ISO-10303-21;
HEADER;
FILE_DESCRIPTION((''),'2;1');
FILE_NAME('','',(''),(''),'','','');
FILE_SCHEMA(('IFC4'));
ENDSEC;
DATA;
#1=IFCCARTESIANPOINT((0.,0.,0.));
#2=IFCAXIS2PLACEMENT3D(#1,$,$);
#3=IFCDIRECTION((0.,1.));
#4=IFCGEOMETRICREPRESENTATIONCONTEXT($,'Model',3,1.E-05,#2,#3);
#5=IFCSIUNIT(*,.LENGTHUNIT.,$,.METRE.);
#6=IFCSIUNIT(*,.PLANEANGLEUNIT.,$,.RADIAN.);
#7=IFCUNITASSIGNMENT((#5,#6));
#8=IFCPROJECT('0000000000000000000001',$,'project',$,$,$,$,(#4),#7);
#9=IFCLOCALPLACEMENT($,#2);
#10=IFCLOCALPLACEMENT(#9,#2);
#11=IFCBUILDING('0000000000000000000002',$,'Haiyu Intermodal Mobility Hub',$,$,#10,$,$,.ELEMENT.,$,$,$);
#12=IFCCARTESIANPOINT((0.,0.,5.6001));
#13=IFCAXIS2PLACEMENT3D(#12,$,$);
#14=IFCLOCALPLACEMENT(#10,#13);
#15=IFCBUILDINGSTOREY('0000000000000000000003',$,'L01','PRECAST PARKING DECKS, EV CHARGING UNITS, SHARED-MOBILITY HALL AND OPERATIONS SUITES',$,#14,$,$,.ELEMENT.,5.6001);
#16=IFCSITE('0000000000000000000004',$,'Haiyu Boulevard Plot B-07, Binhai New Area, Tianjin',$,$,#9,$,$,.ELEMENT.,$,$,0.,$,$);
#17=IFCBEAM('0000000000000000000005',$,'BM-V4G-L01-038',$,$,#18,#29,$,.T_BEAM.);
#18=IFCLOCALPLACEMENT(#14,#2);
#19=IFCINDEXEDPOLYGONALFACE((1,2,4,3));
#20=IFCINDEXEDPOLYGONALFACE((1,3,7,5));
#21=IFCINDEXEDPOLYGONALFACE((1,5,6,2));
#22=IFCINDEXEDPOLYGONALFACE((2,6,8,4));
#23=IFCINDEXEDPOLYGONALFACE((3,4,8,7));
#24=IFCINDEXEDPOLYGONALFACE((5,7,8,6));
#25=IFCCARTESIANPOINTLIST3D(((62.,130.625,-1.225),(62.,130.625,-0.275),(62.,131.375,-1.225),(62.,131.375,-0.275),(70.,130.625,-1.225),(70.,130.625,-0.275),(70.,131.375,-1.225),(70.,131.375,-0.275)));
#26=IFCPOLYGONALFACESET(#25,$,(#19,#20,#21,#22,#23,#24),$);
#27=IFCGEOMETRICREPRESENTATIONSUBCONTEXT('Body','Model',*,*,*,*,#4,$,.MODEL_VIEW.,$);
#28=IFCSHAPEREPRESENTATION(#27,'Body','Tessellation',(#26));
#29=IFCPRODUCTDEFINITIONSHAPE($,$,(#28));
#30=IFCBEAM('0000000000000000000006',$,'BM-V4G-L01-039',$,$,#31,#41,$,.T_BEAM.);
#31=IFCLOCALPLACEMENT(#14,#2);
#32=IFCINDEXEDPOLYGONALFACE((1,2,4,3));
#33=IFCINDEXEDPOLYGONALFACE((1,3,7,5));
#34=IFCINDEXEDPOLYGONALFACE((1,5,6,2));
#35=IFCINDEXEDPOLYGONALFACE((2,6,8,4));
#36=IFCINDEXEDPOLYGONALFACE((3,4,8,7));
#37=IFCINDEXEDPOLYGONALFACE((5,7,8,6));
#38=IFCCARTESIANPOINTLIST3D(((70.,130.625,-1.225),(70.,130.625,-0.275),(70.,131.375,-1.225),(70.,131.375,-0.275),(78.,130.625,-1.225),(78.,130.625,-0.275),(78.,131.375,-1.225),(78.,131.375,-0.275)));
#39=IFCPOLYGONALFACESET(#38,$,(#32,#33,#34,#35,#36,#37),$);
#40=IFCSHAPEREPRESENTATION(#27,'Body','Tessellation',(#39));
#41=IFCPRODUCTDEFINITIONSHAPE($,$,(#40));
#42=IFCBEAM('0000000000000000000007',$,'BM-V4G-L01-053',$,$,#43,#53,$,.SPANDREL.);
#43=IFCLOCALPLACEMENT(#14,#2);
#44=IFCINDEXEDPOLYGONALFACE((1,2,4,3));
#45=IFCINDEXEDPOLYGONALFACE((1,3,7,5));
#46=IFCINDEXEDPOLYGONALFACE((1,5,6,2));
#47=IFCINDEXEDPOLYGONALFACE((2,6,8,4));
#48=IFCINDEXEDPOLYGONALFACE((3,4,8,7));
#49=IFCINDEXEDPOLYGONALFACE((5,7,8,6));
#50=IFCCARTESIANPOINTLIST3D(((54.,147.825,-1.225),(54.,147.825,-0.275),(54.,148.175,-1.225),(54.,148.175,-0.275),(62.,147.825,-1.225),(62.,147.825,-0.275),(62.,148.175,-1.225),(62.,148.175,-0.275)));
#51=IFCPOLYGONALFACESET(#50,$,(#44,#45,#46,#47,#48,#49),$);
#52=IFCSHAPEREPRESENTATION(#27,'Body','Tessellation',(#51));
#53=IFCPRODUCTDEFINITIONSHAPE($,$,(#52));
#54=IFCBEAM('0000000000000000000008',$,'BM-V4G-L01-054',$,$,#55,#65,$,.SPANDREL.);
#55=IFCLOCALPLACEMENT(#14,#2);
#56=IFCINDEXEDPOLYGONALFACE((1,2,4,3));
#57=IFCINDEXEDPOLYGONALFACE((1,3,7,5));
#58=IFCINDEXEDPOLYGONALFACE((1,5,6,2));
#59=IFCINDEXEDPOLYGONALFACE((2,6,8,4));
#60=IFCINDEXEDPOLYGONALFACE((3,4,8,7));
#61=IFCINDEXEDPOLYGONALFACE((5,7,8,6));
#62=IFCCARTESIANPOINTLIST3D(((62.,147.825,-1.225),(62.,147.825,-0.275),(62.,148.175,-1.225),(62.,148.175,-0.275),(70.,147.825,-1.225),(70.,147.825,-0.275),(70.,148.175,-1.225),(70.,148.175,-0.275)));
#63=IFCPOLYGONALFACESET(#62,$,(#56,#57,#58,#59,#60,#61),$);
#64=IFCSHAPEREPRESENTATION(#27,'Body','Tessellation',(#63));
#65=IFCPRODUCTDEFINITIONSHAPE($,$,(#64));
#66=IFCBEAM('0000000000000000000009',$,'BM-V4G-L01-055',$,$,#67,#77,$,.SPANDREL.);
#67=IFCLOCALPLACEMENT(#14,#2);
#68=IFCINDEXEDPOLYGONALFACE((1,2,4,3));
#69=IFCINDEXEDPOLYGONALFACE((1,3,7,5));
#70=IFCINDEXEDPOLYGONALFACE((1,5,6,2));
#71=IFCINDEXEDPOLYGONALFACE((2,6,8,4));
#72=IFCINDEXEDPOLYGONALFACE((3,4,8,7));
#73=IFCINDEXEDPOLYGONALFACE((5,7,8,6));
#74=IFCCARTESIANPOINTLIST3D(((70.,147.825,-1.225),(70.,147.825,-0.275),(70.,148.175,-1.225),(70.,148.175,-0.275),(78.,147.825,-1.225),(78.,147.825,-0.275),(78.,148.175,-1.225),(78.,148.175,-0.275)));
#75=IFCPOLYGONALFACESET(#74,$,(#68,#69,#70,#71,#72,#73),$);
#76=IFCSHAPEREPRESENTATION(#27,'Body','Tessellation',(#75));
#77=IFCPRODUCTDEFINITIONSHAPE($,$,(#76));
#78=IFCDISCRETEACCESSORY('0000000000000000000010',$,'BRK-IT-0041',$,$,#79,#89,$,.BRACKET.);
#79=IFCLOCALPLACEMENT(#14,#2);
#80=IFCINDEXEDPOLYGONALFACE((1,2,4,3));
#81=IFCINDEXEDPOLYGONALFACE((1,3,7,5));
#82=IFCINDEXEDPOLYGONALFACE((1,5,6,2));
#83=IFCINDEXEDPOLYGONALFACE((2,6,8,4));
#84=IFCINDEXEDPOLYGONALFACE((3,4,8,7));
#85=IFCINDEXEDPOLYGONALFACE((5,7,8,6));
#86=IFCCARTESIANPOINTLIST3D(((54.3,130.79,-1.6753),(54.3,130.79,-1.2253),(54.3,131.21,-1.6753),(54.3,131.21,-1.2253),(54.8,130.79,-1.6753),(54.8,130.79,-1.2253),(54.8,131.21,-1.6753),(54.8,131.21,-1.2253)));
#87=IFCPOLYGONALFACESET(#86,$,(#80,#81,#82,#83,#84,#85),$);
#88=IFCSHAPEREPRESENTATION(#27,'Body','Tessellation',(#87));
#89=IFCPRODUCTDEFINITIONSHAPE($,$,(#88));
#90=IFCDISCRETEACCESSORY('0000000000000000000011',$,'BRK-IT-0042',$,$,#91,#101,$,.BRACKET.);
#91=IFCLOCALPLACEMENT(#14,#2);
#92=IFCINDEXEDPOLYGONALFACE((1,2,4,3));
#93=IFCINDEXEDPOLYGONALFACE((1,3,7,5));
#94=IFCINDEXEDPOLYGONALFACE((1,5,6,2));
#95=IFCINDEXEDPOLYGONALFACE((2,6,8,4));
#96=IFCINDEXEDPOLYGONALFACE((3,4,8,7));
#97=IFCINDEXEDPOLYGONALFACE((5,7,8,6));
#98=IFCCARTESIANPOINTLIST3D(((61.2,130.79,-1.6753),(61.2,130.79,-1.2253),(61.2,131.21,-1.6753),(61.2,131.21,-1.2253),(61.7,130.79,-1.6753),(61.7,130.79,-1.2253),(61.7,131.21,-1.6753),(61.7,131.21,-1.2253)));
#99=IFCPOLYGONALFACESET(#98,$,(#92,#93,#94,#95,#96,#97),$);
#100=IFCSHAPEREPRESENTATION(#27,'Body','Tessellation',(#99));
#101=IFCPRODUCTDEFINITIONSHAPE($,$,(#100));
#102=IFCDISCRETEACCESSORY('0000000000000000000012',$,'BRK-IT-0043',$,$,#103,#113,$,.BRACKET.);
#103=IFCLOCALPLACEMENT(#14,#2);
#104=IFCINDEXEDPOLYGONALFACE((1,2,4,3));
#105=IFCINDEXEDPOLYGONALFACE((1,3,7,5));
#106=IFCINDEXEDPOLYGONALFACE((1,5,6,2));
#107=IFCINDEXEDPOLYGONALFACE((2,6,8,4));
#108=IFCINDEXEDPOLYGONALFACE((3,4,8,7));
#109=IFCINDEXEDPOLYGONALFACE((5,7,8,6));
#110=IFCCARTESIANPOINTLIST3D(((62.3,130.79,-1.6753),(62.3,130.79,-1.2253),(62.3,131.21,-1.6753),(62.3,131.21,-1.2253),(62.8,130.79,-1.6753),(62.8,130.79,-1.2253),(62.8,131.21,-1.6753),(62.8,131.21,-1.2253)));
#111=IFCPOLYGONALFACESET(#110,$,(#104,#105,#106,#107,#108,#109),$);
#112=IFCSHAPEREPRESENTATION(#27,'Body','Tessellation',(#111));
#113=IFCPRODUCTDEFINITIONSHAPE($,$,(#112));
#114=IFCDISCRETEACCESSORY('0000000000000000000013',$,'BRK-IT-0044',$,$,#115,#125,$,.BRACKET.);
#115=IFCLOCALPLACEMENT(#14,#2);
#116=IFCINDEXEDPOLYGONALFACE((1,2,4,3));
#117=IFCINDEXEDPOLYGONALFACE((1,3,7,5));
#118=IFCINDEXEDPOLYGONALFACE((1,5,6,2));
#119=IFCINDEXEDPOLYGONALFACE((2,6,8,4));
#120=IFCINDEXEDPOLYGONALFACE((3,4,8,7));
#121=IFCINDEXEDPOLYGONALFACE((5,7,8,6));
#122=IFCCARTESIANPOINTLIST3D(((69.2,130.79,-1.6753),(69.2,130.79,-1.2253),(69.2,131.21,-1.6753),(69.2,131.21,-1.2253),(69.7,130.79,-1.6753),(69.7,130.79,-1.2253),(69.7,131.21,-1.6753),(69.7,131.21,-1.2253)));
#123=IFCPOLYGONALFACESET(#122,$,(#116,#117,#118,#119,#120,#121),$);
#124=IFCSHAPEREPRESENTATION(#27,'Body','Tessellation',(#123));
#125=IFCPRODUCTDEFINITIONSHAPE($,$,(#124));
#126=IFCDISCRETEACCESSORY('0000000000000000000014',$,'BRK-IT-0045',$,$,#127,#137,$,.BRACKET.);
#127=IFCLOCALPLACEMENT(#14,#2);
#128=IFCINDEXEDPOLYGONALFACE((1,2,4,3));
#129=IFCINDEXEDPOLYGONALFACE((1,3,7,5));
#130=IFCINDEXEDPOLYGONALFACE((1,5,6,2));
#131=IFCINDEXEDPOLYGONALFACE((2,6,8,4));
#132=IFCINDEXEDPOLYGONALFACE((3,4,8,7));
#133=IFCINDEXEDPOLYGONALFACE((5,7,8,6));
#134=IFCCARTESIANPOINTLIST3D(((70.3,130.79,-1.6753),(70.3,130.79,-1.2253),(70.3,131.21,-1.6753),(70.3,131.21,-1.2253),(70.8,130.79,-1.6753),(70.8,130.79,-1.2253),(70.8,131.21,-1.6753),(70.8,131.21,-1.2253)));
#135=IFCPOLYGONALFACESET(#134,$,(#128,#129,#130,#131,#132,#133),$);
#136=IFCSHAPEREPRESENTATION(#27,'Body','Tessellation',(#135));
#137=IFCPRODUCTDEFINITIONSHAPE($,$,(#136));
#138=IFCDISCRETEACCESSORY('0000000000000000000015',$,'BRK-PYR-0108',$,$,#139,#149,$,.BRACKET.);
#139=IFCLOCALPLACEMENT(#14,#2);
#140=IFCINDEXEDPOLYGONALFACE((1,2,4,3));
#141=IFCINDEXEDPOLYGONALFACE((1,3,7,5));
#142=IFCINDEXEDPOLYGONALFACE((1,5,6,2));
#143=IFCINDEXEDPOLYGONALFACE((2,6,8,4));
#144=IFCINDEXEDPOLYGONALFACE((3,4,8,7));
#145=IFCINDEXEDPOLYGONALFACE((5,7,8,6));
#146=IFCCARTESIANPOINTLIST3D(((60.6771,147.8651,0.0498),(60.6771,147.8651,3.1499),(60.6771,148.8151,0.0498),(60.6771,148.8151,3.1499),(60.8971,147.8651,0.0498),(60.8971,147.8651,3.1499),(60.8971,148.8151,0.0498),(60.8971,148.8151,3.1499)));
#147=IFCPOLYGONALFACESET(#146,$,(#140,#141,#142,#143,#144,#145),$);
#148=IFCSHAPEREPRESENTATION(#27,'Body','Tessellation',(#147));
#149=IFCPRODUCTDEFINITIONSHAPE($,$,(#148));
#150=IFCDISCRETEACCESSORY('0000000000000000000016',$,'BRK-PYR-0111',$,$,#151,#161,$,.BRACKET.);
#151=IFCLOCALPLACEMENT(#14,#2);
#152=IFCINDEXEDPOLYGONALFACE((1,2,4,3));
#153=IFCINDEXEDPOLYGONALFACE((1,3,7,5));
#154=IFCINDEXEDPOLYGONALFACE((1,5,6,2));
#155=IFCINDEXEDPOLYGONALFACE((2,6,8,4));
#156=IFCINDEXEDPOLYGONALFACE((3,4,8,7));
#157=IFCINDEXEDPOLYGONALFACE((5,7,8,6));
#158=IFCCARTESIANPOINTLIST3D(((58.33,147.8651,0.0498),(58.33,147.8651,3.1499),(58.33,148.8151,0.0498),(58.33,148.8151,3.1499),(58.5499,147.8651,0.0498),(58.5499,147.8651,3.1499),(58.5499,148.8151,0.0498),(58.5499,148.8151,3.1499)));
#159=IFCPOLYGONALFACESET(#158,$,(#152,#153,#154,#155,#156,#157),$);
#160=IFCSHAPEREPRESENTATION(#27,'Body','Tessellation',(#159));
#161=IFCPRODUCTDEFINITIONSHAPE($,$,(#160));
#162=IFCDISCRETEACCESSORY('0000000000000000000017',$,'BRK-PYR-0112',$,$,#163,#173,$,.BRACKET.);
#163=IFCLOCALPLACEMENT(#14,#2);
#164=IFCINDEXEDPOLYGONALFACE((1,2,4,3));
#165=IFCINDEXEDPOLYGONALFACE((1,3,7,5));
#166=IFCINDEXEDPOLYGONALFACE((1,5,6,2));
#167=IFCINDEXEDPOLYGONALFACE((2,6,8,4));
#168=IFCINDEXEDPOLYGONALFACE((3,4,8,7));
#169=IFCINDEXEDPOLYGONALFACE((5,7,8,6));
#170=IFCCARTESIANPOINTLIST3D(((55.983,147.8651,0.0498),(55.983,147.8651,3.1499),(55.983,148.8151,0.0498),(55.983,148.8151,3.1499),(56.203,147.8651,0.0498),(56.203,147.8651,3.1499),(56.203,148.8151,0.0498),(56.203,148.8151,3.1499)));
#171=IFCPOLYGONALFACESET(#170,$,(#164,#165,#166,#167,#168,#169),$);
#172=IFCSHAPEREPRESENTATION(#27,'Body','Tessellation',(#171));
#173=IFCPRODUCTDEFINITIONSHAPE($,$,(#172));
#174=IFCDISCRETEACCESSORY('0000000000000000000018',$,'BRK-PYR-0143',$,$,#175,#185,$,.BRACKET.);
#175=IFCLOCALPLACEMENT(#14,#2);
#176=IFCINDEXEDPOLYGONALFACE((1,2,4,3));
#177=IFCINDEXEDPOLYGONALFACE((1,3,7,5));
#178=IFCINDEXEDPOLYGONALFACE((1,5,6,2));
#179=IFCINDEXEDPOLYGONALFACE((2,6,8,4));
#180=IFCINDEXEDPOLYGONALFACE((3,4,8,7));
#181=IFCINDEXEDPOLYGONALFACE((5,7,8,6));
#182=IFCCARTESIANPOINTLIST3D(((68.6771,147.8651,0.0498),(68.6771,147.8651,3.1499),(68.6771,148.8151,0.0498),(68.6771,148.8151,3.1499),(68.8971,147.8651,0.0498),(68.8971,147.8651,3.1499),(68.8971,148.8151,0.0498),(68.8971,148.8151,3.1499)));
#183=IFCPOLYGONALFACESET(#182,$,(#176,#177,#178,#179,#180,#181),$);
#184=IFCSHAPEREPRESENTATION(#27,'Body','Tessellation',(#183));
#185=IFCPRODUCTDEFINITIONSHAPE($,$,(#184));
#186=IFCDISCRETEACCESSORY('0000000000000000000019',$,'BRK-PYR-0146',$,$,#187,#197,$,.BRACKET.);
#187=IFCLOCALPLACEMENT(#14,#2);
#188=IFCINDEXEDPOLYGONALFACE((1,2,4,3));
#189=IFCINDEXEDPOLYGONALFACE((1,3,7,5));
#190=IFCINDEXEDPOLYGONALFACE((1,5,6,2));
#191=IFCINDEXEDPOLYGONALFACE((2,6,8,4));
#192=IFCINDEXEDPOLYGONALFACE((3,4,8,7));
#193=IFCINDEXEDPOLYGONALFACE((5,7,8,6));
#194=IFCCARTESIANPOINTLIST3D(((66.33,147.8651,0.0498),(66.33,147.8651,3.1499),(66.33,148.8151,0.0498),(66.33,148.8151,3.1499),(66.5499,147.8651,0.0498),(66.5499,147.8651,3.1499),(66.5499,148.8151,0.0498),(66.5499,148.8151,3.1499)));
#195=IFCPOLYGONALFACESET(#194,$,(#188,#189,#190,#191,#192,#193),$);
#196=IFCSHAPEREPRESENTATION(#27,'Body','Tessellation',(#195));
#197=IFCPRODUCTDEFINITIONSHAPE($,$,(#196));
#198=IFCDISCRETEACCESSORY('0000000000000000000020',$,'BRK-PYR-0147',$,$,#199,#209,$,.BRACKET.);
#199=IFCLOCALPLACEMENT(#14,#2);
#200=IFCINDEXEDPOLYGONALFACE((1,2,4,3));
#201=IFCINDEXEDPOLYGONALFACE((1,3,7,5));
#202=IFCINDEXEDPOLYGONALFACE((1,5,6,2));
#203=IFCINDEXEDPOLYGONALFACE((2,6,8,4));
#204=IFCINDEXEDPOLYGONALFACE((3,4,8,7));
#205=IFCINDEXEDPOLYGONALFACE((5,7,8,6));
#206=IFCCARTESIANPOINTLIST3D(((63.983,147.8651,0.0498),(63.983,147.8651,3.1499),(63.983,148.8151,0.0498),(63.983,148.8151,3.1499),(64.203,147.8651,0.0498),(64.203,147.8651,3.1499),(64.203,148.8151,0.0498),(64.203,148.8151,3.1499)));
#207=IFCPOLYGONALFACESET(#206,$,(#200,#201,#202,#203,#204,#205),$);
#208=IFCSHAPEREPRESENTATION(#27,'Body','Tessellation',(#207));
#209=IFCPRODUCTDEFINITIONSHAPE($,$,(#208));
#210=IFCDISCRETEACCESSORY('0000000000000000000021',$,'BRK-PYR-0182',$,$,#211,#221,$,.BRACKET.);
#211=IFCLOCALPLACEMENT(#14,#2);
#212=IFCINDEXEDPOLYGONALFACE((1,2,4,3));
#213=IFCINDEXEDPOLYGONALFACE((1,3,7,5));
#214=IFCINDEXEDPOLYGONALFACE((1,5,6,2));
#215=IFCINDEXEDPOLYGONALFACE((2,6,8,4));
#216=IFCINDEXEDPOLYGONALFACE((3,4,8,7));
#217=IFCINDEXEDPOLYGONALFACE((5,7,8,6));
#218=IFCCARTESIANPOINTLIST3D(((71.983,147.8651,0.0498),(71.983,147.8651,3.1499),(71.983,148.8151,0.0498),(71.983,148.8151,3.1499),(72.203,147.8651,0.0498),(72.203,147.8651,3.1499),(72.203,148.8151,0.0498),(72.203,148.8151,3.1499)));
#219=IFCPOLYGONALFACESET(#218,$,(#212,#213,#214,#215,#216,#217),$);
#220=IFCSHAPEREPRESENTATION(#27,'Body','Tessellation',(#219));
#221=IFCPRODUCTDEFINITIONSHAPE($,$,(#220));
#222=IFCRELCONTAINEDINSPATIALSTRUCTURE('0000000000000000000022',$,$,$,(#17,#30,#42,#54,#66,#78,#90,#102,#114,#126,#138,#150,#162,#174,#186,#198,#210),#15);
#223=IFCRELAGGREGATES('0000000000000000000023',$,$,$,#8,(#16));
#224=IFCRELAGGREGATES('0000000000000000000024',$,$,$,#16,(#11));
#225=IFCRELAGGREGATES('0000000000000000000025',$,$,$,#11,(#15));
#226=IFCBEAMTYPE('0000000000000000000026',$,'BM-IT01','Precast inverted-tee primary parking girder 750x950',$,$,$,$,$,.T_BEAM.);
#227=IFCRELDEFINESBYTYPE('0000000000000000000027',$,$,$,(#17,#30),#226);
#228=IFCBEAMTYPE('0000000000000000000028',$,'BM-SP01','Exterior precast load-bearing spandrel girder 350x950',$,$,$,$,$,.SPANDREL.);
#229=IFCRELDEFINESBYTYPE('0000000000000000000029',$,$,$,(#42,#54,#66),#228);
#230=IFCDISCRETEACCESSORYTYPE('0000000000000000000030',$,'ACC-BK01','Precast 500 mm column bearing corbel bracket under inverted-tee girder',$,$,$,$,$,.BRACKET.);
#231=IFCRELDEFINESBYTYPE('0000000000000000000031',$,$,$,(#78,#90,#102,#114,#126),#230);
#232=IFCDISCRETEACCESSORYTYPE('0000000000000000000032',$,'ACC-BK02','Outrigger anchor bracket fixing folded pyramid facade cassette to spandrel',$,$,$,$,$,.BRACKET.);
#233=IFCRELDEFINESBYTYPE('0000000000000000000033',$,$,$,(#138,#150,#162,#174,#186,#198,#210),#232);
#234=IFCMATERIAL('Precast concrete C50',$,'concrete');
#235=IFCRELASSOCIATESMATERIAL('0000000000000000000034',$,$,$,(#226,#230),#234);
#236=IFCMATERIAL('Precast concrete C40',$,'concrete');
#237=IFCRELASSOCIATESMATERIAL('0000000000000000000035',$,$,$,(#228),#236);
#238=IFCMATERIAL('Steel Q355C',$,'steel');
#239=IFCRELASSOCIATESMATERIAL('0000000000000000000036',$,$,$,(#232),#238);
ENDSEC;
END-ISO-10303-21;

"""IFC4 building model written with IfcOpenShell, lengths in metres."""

from ifc_helpers import new_model, si_unit, direction, frame, origin, origin_2d, place, context, subcontext, project, spatial, rectangle, extrude, material, material_profile, profile_set, type_object, element, save


model = new_model("IFC4")

# Units and contexts
model_context = context("Model", 3, precision=1e-05, world=origin(), true_north=direction((0.0, 1.0)))
body_context = subcontext(model_context, "Body", "Model", "MODEL_VIEW")
ifc_project = project(units=[si_unit("LENGTHUNIT", "METRE"), si_unit("PLANEANGLEUNIT", "RADIAN")], contexts=[model_context])

# Site, building, storey
site_placement = place(None, origin())
site = spatial("IfcSite", under=ifc_project, at=site_placement, Name="Haiyu Boulevard Plot B-07, Binhai New Area, Tianjin", CompositionType="ELEMENT", RefElevation=0.0)
building_placement = place(site_placement, origin())
building = spatial("IfcBuilding", under=site, at=building_placement, Name="Haiyu Intermodal Mobility Hub", CompositionType="ELEMENT")
storey_placement = place(building_placement, frame((0.0, 0.0, 5.6001)))
storey = spatial("IfcBuildingStorey", under=building, at=storey_placement, Name="L01", Description="PRECAST PARKING DECKS, EV CHARGING UNITS, SHARED-MOBILITY HALL AND OPERATIONS SUITES", CompositionType="ELEMENT", Elevation=5.6001)

# Shared definitions
ifc_material_1 = material(Name="Precast concrete C40", Category="concrete")

# Beams
ifc_material_2 = material(Name="Precast concrete C50", Category="concrete")
ifc_material_profile_1 = material_profile(ifc_material_2, rectangle(XDim=0.75, YDim=0.95, at=origin_2d()), Name="PC750x950")
ifc_profile_set_1 = profile_set([ifc_material_profile_1], Name="Precast concrete C50")
beam_type_1 = type_object("IfcBeamType", Name="BM-IT01", Description="Precast inverted-tee primary parking girder 750x950", PredefinedType="T_BEAM", material=ifc_profile_set_1)
for number, where, z_axis, x_axis, name in (
    (1, (62.0, 131.0, -0.75), (1.0, 0.0, 0.0), (0.0, 1.0, 0.0), "BM-V4G-L01-038"),
    (2, (70.0, 131.0, -0.75), (1.0, 0.0, 0.0), (0.0, 1.0, 0.0), "BM-V4G-L01-039"),
):
    element("IfcBeam", number, at=place(storey_placement, frame(where, z_axis=z_axis, x_axis=x_axis)), inside=storey, type_object=beam_type_1, Name=name, PredefinedType="T_BEAM", context=body_context, shape_type="SweptSolid", body=[
        extrude(rectangle(XDim=0.75, YDim=0.95, at=origin_2d()), origin(), (0.0, 0.0, 1.0), 8.0),
    ])
ifc_material_profile_2 = material_profile(ifc_material_1, rectangle(XDim=0.3501, YDim=0.95, at=origin_2d()), Name="PC350x950")
ifc_profile_set_2 = profile_set([ifc_material_profile_2], Name="Precast concrete C40")
beam_type_2 = type_object("IfcBeamType", Name="BM-SP01", Description="Exterior precast load-bearing spandrel girder 350x950", PredefinedType="SPANDREL", material=ifc_profile_set_2)
for number, where, z_axis, x_axis, name in (
    (3, (54.0, 148.0, -0.75), (1.0, 0.0, 0.0), (0.0, 1.0, 0.0), "BM-V4G-L01-053"),
    (4, (62.0, 148.0, -0.75), (1.0, 0.0, 0.0), (0.0, 1.0, 0.0), "BM-V4G-L01-054"),
    (5, (70.0, 148.0, -0.75), (1.0, 0.0, 0.0), (0.0, 1.0, 0.0), "BM-V4G-L01-055"),
):
    element("IfcBeam", number, at=place(storey_placement, frame(where, z_axis=z_axis, x_axis=x_axis)), inside=storey, type_object=beam_type_2, Name=name, PredefinedType="SPANDREL", context=body_context, shape_type="SweptSolid", body=[
        extrude(rectangle(XDim=0.3501, YDim=0.95, at=origin_2d()), origin(), (0.0, 0.0, 1.0), 8.0),
    ])

# Shared definitions
ifc_material_3 = material(Name="Steel Q355C", Category="steel")

# Discrete accessories
discrete_accessory_type_1 = type_object("IfcDiscreteAccessoryType", Name="ACC-BK01", Description="Precast 500 mm column bearing corbel bracket under inverted-tee girder", PredefinedType="BRACKET", material=ifc_material_2)
for number, where, z_axis, x_axis, name in (
    (6, (54.55, 131.0, -1.6753), (0.0, 0.0, 1.0), (1.0, 0.0, 0.0), "BRK-IT-0041"),
    (7, (61.45, 131.0, -1.6753), (0.0, 0.0, 1.0), (1.0, 0.0, 0.0), "BRK-IT-0042"),
    (8, (62.55, 131.0, -1.6753), (0.0, 0.0, 1.0), (1.0, 0.0, 0.0), "BRK-IT-0043"),
    (9, (69.45, 131.0, -1.6753), (0.0, 0.0, 1.0), (1.0, 0.0, 0.0), "BRK-IT-0044"),
    (10, (70.55, 131.0, -1.6753), (0.0, 0.0, 1.0), (1.0, 0.0, 0.0), "BRK-IT-0045"),
):
    element("IfcDiscreteAccessory", number, at=place(storey_placement, frame(where, z_axis=z_axis, x_axis=x_axis)), inside=storey, type_object=discrete_accessory_type_1, Name=name, PredefinedType="BRACKET", context=body_context, shape_type="SweptSolid", body=[
        extrude(rectangle(XDim=0.5, YDim=0.4199, at=origin_2d()), origin(), (0.0, 0.0, 1.0), 0.45),
    ])
discrete_accessory_type_2 = type_object("IfcDiscreteAccessoryType", Name="ACC-BK02", Description="Outrigger anchor bracket fixing folded pyramid facade cassette to spandrel", PredefinedType="BRACKET", material=ifc_material_3)
for number, where, z_axis, x_axis, name in (
    (11, (60.7871, 148.3401, 0.0498), (0.0, 0.0, 1.0), (1.0, 0.0, 0.0), "BRK-PYR-0108"),
    (12, (58.4399, 148.3401, 0.0498), (0.0, 0.0, 1.0), (1.0, 0.0, 0.0), "BRK-PYR-0111"),
    (13, (56.093, 148.3401, 0.0498), (0.0, 0.0, 1.0), (1.0, 0.0, 0.0), "BRK-PYR-0112"),
    (14, (68.7871, 148.3401, 0.0498), (0.0, 0.0, 1.0), (1.0, 0.0, 0.0), "BRK-PYR-0143"),
    (15, (66.4399, 148.3401, 0.0498), (0.0, 0.0, 1.0), (1.0, 0.0, 0.0), "BRK-PYR-0146"),
    (16, (64.093, 148.3401, 0.0498), (0.0, 0.0, 1.0), (1.0, 0.0, 0.0), "BRK-PYR-0147"),
    (17, (72.093, 148.3401, 0.0498), (0.0, 0.0, 1.0), (1.0, 0.0, 0.0), "BRK-PYR-0182"),
):
    element("IfcDiscreteAccessory", number, at=place(storey_placement, frame(where, z_axis=z_axis, x_axis=x_axis)), inside=storey, type_object=discrete_accessory_type_2, Name=name, PredefinedType="BRACKET", context=body_context, shape_type="SweptSolid", body=[
        extrude(rectangle(XDim=0.22, YDim=0.95, at=origin_2d()), origin(), (0.0, 0.0, 1.0), 3.1001),
    ])

save(model, "model.ifc")
